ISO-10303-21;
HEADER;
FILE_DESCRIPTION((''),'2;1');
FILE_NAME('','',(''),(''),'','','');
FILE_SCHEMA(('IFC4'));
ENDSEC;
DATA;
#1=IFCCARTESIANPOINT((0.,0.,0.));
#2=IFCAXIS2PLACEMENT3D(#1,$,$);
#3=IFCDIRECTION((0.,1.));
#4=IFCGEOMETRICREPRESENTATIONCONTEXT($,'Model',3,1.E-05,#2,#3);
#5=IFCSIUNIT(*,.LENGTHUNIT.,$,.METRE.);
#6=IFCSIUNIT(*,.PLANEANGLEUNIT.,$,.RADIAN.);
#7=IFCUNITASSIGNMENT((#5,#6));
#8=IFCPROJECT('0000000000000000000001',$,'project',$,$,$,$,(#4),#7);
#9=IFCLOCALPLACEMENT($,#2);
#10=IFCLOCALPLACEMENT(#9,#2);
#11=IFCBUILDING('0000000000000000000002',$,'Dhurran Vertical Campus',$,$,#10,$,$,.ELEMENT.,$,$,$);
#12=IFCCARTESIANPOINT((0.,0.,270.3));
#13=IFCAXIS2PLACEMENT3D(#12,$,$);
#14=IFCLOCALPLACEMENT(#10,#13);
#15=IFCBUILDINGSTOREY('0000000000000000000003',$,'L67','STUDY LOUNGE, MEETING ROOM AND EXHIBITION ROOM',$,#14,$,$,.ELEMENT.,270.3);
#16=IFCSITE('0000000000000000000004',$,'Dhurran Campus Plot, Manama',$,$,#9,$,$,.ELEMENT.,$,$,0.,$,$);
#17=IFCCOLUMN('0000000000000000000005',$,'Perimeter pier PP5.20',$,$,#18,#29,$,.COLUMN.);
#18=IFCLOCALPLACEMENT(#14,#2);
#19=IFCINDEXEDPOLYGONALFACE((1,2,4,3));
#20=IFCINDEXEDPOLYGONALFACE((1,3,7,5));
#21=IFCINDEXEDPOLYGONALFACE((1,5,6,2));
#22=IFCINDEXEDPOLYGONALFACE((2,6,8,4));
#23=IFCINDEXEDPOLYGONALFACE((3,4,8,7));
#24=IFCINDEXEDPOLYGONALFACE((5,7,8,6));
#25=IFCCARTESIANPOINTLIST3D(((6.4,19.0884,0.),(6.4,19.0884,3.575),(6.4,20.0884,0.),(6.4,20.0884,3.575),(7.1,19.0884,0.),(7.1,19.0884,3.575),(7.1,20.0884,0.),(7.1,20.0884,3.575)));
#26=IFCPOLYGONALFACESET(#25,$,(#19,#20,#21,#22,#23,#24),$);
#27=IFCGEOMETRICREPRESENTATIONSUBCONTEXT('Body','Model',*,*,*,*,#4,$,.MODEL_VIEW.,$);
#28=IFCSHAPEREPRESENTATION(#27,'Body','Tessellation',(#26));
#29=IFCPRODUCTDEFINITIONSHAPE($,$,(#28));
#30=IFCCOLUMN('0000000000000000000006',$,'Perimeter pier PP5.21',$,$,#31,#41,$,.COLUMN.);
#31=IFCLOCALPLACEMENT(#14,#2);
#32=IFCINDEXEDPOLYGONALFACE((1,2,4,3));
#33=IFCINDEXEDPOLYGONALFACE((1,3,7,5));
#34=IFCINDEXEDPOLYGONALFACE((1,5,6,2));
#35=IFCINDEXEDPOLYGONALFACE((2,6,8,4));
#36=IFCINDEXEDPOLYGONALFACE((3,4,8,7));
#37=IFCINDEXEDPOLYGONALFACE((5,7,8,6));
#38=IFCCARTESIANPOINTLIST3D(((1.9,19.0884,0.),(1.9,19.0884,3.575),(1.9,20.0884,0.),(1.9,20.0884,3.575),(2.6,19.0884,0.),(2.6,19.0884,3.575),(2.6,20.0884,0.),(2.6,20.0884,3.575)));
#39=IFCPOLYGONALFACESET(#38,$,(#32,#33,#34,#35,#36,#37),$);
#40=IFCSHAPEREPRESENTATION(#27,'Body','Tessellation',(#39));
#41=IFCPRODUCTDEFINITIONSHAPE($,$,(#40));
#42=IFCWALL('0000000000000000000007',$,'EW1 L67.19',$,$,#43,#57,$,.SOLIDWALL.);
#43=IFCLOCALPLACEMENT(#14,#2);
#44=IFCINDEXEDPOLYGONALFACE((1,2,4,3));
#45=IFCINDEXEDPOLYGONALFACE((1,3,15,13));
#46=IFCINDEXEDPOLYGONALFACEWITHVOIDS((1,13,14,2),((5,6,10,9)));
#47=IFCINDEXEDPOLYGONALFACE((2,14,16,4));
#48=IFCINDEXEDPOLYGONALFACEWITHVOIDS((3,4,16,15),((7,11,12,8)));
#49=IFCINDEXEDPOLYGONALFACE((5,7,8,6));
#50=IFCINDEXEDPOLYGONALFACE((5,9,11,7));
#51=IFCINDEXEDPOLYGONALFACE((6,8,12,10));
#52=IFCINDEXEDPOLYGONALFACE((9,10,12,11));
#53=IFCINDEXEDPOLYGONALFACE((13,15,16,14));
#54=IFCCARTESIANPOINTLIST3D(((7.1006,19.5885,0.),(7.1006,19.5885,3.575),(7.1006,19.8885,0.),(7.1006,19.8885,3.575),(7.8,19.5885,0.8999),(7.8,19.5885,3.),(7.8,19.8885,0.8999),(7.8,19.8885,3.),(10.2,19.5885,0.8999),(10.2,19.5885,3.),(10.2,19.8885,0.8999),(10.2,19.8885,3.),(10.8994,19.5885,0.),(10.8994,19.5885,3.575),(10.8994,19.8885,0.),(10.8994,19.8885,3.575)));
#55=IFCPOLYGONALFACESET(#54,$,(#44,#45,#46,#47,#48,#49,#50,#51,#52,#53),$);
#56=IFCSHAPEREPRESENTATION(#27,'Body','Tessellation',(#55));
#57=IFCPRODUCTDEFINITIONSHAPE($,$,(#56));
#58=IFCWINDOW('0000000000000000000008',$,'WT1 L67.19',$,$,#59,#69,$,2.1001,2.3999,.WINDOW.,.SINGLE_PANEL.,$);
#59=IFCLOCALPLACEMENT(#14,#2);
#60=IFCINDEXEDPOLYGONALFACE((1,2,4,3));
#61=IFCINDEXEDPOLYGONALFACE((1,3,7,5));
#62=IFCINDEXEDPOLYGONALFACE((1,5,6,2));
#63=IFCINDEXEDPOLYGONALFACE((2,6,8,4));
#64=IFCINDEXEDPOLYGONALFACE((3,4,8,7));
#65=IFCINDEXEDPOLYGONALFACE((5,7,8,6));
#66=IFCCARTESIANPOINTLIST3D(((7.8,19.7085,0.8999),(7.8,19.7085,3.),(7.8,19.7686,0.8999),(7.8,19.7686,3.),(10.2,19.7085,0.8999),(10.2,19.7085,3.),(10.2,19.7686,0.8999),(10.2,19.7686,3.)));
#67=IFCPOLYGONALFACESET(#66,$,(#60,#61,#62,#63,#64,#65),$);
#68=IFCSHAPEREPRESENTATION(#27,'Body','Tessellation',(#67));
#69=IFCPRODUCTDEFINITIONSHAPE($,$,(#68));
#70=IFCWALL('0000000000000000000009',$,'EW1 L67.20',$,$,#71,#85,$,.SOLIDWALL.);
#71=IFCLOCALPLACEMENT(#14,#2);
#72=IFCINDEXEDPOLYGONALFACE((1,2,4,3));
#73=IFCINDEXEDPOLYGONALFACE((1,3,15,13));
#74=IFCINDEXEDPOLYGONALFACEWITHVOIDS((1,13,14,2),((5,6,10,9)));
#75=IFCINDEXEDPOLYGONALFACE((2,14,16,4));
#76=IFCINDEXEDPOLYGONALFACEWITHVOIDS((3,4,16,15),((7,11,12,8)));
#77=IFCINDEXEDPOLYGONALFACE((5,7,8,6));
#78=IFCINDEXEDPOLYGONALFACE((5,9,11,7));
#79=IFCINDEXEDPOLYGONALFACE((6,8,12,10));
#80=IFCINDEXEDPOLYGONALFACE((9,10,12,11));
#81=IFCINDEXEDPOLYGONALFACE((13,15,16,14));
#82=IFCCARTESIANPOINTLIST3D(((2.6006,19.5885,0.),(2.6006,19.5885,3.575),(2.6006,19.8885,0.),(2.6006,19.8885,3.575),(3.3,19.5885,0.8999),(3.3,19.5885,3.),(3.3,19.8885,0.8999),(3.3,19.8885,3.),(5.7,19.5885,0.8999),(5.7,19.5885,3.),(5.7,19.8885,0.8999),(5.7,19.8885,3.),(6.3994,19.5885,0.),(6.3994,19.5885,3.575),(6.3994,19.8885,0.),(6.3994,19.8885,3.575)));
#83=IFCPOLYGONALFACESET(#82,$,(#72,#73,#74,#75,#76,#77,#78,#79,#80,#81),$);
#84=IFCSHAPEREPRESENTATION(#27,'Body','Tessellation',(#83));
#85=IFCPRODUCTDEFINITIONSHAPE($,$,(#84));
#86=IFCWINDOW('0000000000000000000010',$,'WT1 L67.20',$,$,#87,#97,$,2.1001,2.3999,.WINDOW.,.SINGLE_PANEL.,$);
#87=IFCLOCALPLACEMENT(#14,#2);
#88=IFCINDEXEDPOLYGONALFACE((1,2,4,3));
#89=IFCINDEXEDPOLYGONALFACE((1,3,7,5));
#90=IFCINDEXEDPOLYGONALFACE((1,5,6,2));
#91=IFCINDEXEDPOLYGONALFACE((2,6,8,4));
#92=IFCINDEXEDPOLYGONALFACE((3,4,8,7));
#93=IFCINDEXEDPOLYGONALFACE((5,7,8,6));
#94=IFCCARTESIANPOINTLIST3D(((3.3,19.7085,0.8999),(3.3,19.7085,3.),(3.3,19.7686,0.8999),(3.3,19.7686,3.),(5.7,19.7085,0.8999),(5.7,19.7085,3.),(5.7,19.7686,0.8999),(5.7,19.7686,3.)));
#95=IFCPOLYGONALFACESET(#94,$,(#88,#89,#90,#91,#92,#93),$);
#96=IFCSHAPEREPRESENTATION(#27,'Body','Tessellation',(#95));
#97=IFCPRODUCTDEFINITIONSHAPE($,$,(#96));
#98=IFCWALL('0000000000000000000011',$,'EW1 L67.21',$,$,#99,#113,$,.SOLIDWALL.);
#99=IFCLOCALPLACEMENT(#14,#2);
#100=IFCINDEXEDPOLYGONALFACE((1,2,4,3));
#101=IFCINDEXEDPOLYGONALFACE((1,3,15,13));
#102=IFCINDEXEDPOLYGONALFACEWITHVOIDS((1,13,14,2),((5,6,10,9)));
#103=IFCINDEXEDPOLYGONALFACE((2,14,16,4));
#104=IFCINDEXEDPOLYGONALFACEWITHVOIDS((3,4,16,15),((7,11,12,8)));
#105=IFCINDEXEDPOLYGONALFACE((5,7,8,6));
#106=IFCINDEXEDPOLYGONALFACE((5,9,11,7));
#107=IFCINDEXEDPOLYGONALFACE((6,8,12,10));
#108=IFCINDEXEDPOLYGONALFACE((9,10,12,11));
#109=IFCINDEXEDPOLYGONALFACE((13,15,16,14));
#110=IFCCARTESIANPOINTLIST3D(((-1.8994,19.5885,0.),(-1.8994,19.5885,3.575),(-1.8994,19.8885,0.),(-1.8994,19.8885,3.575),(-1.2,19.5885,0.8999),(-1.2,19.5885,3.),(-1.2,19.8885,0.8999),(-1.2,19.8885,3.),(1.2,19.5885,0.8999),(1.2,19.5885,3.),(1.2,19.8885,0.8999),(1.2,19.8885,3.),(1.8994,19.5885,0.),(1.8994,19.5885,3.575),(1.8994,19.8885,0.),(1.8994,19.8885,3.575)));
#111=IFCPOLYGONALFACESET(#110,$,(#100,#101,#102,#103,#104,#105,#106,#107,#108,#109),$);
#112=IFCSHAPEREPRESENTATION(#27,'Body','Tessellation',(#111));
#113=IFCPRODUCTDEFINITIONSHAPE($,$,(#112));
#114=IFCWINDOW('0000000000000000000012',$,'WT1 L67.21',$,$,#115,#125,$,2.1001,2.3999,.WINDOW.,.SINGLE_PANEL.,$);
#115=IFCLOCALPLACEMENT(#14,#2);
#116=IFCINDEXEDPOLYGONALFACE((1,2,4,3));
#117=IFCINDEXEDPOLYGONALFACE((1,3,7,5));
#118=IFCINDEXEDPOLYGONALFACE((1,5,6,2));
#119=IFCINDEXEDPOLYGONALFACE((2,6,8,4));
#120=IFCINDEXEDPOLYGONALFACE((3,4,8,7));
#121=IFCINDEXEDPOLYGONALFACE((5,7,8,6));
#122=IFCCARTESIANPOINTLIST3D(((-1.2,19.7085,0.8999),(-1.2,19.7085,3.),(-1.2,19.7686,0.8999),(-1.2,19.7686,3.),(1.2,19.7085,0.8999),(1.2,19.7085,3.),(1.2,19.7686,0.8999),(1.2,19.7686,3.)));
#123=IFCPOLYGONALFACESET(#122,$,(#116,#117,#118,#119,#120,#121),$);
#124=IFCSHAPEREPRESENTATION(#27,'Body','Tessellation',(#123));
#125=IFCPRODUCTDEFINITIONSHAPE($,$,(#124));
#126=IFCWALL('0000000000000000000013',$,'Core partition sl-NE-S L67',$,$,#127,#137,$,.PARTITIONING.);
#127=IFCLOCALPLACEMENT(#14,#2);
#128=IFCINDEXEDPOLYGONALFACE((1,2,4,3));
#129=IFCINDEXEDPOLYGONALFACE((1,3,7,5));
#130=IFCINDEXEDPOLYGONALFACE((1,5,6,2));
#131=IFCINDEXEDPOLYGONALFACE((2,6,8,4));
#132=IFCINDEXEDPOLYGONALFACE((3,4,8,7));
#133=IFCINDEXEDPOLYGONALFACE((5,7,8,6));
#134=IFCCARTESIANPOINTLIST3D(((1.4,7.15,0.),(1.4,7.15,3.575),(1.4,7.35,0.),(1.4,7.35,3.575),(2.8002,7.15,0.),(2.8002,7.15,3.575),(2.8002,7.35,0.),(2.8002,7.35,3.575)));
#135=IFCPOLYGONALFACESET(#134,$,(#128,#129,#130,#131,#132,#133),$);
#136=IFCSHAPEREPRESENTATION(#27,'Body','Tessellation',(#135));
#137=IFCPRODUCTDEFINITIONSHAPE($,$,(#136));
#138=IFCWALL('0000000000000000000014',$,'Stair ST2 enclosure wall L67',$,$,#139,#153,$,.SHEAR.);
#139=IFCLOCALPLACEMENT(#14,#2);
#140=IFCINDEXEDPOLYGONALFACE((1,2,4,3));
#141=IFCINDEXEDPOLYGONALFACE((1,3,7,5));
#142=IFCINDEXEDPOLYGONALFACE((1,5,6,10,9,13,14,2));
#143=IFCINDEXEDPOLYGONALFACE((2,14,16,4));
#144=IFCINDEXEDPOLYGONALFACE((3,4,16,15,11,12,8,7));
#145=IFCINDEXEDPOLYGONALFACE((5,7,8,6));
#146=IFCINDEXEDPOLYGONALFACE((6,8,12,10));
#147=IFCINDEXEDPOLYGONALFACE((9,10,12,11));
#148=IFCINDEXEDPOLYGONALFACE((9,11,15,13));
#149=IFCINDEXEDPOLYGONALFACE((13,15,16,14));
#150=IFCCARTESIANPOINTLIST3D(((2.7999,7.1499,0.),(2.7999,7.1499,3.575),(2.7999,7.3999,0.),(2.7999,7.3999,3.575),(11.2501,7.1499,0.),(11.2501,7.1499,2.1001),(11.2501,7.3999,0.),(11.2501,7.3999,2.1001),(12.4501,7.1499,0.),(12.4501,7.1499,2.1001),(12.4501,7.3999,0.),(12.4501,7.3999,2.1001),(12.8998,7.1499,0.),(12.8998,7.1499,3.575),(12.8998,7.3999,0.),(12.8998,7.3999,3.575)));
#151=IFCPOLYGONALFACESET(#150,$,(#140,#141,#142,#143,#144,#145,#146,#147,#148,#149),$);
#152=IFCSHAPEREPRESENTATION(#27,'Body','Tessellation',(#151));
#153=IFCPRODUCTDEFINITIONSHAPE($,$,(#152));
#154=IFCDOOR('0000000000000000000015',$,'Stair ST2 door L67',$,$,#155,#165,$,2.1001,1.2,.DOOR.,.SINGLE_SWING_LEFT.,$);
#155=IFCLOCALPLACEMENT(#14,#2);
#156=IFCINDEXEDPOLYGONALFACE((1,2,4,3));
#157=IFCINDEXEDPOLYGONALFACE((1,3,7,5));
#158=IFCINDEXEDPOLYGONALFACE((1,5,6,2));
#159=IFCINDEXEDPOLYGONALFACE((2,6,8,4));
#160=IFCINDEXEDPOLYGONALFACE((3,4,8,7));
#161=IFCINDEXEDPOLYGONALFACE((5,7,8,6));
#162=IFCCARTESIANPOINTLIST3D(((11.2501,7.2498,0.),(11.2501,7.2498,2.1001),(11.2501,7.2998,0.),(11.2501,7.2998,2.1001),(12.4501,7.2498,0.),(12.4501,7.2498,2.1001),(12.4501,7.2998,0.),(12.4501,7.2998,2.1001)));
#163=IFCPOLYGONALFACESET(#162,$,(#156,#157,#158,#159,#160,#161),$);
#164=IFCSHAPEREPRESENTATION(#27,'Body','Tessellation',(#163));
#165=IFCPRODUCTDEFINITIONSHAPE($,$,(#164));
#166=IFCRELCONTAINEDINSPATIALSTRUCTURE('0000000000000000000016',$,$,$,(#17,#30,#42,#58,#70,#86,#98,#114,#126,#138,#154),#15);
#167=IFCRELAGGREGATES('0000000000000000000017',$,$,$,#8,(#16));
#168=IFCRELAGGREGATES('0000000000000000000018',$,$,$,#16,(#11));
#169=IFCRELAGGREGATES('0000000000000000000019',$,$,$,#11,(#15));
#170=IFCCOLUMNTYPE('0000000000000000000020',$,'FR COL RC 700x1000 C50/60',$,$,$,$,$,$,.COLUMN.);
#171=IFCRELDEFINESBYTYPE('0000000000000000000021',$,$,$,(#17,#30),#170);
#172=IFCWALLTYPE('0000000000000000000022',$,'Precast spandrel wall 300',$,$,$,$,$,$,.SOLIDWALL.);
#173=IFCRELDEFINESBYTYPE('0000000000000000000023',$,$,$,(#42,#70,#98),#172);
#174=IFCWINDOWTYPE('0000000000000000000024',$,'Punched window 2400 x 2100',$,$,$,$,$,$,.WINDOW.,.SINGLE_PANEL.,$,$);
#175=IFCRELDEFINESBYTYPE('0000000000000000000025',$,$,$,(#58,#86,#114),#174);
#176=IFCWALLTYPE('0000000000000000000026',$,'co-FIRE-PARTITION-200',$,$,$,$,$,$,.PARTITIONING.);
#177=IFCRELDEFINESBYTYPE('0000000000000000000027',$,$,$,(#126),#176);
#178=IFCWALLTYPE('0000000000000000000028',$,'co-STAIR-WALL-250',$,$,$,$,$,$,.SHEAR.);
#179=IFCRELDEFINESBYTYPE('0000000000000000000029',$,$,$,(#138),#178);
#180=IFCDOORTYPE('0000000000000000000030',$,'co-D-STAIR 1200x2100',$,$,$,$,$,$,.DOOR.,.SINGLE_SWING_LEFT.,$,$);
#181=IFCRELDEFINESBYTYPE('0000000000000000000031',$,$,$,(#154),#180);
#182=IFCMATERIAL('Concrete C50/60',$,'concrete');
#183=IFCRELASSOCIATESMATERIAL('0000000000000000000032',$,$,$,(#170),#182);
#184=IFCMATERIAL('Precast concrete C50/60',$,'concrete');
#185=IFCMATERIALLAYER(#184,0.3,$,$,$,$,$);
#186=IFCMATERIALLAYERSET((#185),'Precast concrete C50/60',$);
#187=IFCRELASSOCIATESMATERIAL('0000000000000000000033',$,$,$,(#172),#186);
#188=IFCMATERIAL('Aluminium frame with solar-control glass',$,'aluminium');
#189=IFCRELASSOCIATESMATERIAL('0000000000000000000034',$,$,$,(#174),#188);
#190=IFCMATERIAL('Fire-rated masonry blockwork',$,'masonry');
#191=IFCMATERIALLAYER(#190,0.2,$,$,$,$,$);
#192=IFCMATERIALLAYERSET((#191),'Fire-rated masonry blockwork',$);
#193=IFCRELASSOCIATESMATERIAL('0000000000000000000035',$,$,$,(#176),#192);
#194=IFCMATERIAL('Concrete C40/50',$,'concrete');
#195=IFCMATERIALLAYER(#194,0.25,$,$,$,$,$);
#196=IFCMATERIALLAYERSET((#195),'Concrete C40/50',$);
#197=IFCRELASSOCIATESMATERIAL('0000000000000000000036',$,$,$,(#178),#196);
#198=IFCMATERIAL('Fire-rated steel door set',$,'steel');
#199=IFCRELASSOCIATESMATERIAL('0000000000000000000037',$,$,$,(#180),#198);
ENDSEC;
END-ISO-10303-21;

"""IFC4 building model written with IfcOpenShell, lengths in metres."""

from ifc_helpers import new_model, si_unit, direction, frame, frame_2d, origin, origin_2d, place, context, subcontext, project, spatial, rectangle, extrude, material, layer, layer_set, material_profile, profile_set, type_object, element, fill, save


model = new_model("IFC4")

# Units and contexts
model_context = context("Model", 3, precision=1e-05, world=origin(), true_north=direction((0.0, 1.0)))
body_context = subcontext(model_context, "Body", "Model", "MODEL_VIEW")
ifc_project = project(units=[si_unit("LENGTHUNIT", "METRE"), si_unit("PLANEANGLEUNIT", "RADIAN")], contexts=[model_context])

# Site, building, storey
site_placement = place(None, origin())
site = spatial("IfcSite", under=ifc_project, at=site_placement, Name="Dhurran Campus Plot, Manama", CompositionType="ELEMENT", RefElevation=0.0)
building_placement = place(site_placement, origin())
building = spatial("IfcBuilding", under=site, at=building_placement, Name="Dhurran Vertical Campus", CompositionType="ELEMENT")
storey_placement = place(building_placement, frame((0.0, 0.0, 270.3)))
storey = spatial("IfcBuildingStorey", under=building, at=storey_placement, Name="L67", Description="STUDY LOUNGE, MEETING ROOM AND EXHIBITION ROOM", CompositionType="ELEMENT", Elevation=270.3)

# Columns
ifc_material_1 = material(Name="Concrete C50/60", Category="concrete")
ifc_material_profile = material_profile(ifc_material_1, rectangle(XDim=0.7, YDim=1.0, at=origin_2d()), Name="RC 700x1000")
ifc_profile_set = profile_set([ifc_material_profile], Name="Concrete C50/60")
column_type = type_object("IfcColumnType", Name="FR COL RC 700x1000 C50/60", PredefinedType="COLUMN", material=ifc_profile_set)
for number, where, z_axis, x_axis, name in (
    (1, (6.75, 19.5884, 0.0), (0.0, 0.0, 1.0), (-1.0, 0.0, 0.0), "Perimeter pier PP5.20"),
    (2, (2.25, 19.5884, 0.0), (0.0, 0.0, 1.0), (-1.0, 0.0, 0.0), "Perimeter pier PP5.21"),
):
    element("IfcColumn", number, at=place(storey_placement, frame(where, z_axis=z_axis, x_axis=x_axis)), inside=storey, type_object=column_type, Name=name, PredefinedType="COLUMN", context=body_context, shape_type="SweptSolid", body=[
        extrude(rectangle(XDim=0.7, YDim=1.0, at=origin_2d()), origin(), (0.0, 0.0, 1.0), 3.575),
    ])

# Walls, openings, windows
ifc_material_2 = material(Name="Precast concrete C50/60", Category="concrete")
ifc_layer_1 = layer(ifc_material_2, 0.3)
ifc_layer_set_1 = layer_set([ifc_layer_1], Name="Precast concrete C50/60")
wall_type_1 = type_object("IfcWallType", Name="Precast spandrel wall 300", PredefinedType="SOLIDWALL", material=ifc_layer_set_1)
wall_1_placement = place(storey_placement, frame((10.8994, 19.7385, 0.0), z_axis=(0.0, 0.0, 1.0), x_axis=(-1.0, 0.0, 0.0)))
wall_1 = element("IfcWall", 3, at=wall_1_placement, inside=storey, type_object=wall_type_1, Name="EW1 L67.19", PredefinedType="SOLIDWALL", context=body_context, shape_type="SweptSolid", body=[
    extrude(rectangle(XDim=3.7988, YDim=0.3, at=frame_2d((1.8994, 0.0))), origin(), (0.0, 0.0, 1.0), 3.575),
])
opening_1_placement = place(wall_1_placement, frame((0.6995, 0.0, 0.8999)))
opening_1 = element("IfcOpeningElement", 4, at=opening_1_placement, cuts=wall_1, PredefinedType="OPENING", context=body_context, shape_type="SweptSolid", body=[
    extrude(rectangle(XDim=2.3999, YDim=2.1001, at=frame_2d((1.2, 1.05))), frame((0.0, 0.1599, 0.0), z_axis=(0.0, -1.0, 0.0), x_axis=(1.0, 0.0, 0.0)), (0.0, 0.0, 1.0), 0.3201),
])
ifc_material_3 = material(Name="Aluminium frame with solar-control glass", Category="aluminium")
window_type = type_object("IfcWindowType", Name="Punched window 2400 x 2100", PartitioningType="SINGLE_PANEL", PredefinedType="WINDOW", material=ifc_material_3)
window_1_placement = place(opening_1_placement, origin())
window_1 = element("IfcWindow", 5, at=window_1_placement, inside=storey, type_object=window_type, Name="WT1 L67.19", OverallHeight=2.1001, OverallWidth=2.3999, PartitioningType="SINGLE_PANEL", PredefinedType="WINDOW", context=body_context, shape_type="SweptSolid", body=[
    extrude(rectangle(XDim=2.3999, YDim=2.1001, at=frame_2d((1.2, 1.05))), frame((0.0, 0.03, 0.0), z_axis=(0.0, -1.0, 0.0), x_axis=(1.0, 0.0, 0.0)), (0.0, 0.0, 1.0), 0.0601),
])
fill(opening_1, window_1)
wall_2_placement = place(storey_placement, frame((6.3994, 19.7385, 0.0), z_axis=(0.0, 0.0, 1.0), x_axis=(-1.0, 0.0, 0.0)))
wall_2 = element("IfcWall", 6, at=wall_2_placement, inside=storey, type_object=wall_type_1, Name="EW1 L67.20", PredefinedType="SOLIDWALL", context=body_context, shape_type="SweptSolid", body=[
    extrude(rectangle(XDim=3.7988, YDim=0.3, at=frame_2d((1.8994, 0.0))), origin(), (0.0, 0.0, 1.0), 3.575),
])
opening_2_placement = place(wall_2_placement, frame((0.6995, 0.0, 0.8999)))
opening_2 = element("IfcOpeningElement", 7, at=opening_2_placement, cuts=wall_2, PredefinedType="OPENING", context=body_context, shape_type="SweptSolid", body=[
    extrude(rectangle(XDim=2.3999, YDim=2.1001, at=frame_2d((1.2, 1.05))), frame((0.0, 0.1599, 0.0), z_axis=(0.0, -1.0, 0.0), x_axis=(1.0, 0.0, 0.0)), (0.0, 0.0, 1.0), 0.3201),
])
window_2_placement = place(opening_2_placement, origin())
window_2 = element("IfcWindow", 8, at=window_2_placement, inside=storey, type_object=window_type, Name="WT1 L67.20", OverallHeight=2.1001, OverallWidth=2.3999, PartitioningType="SINGLE_PANEL", PredefinedType="WINDOW", context=body_context, shape_type="SweptSolid", body=[
    extrude(rectangle(XDim=2.3999, YDim=2.1001, at=frame_2d((1.2, 1.05))), frame((0.0, 0.03, 0.0), z_axis=(0.0, -1.0, 0.0), x_axis=(1.0, 0.0, 0.0)), (0.0, 0.0, 1.0), 0.0601),
])
fill(opening_2, window_2)
wall_3_placement = place(storey_placement, frame((1.8994, 19.7385, 0.0), z_axis=(0.0, 0.0, 1.0), x_axis=(-1.0, 0.0, 0.0)))
wall_3 = element("IfcWall", 9, at=wall_3_placement, inside=storey, type_object=wall_type_1, Name="EW1 L67.21", PredefinedType="SOLIDWALL", context=body_context, shape_type="SweptSolid", body=[
    extrude(rectangle(XDim=3.7988, YDim=0.3, at=frame_2d((1.8994, 0.0))), origin(), (0.0, 0.0, 1.0), 3.575),
])
opening_3_placement = place(wall_3_placement, frame((0.6995, 0.0, 0.8999)))
opening_3 = element("IfcOpeningElement", 10, at=opening_3_placement, cuts=wall_3, PredefinedType="OPENING", context=body_context, shape_type="SweptSolid", body=[
    extrude(rectangle(XDim=2.3999, YDim=2.1001, at=frame_2d((1.2, 1.05))), frame((0.0, 0.1599, 0.0), z_axis=(0.0, -1.0, 0.0), x_axis=(1.0, 0.0, 0.0)), (0.0, 0.0, 1.0), 0.3201),
])
window_3_placement = place(opening_3_placement, origin())
window_3 = element("IfcWindow", 11, at=window_3_placement, inside=storey, type_object=window_type, Name="WT1 L67.21", OverallHeight=2.1001, OverallWidth=2.3999, PartitioningType="SINGLE_PANEL", PredefinedType="WINDOW", context=body_context, shape_type="SweptSolid", body=[
    extrude(rectangle(XDim=2.3999, YDim=2.1001, at=frame_2d((1.2, 1.05))), frame((0.0, 0.03, 0.0), z_axis=(0.0, -1.0, 0.0), x_axis=(1.0, 0.0, 0.0)), (0.0, 0.0, 1.0), 0.0601),
])
fill(opening_3, window_3)

# Wall
ifc_material_4 = material(Name="Fire-rated masonry blockwork", Category="masonry")
ifc_layer_2 = layer(ifc_material_4, 0.2)
ifc_layer_set_2 = layer_set([ifc_layer_2], Name="Fire-rated masonry blockwork")
wall_type_2 = type_object("IfcWallType", Name="co-FIRE-PARTITION-200", PredefinedType="PARTITIONING", material=ifc_layer_set_2)
wall_4_placement = place(storey_placement, frame((1.3999, 7.25, 0.0), z_axis=(0.0, 0.0, 1.0), x_axis=(1.0, 0.0, 0.0)))
element("IfcWall", 12, at=wall_4_placement, inside=storey, type_object=wall_type_2, Name="Core partition sl-NE-S L67", PredefinedType="PARTITIONING", context=body_context, shape_type="SweptSolid", body=[
    extrude(rectangle(XDim=1.4001, YDim=0.2, at=frame_2d((0.7002, 0.0))), origin(), (0.0, 0.0, 1.0), 3.575),
])

# Wall, opening, door
ifc_material_5 = material(Name="Concrete C40/50", Category="concrete")
ifc_layer_3 = layer(ifc_material_5, 0.25)
ifc_layer_set_3 = layer_set([ifc_layer_3], Name="Concrete C40/50")
wall_type_3 = type_object("IfcWallType", Name="co-STAIR-WALL-250", PredefinedType="SHEAR", material=ifc_layer_set_3)
wall_5_placement = place(storey_placement, frame((2.8, 7.2749, 0.0), z_axis=(0.0, 0.0, 1.0), x_axis=(1.0, 0.0, 0.0)))
wall_5 = element("IfcWall", 13, at=wall_5_placement, inside=storey, type_object=wall_type_3, Name="Stair ST2 enclosure wall L67", PredefinedType="SHEAR", context=body_context, shape_type="SweptSolid", body=[
    extrude(rectangle(XDim=10.0999, YDim=0.25, at=frame_2d((5.0498, 0.0))), origin(), (0.0, 0.0, 1.0), 3.575),
])
opening_4_placement = place(wall_5_placement, frame((8.45, 0.0, 0.0)))
opening_4 = element("IfcOpeningElement", 14, at=opening_4_placement, cuts=wall_5, PredefinedType="OPENING", context=body_context, shape_type="SweptSolid", body=[
    extrude(rectangle(XDim=1.2, YDim=2.1001, at=frame_2d((0.6001, 1.05))), frame((0.0, 0.135, 0.0), z_axis=(0.0, -1.0, 0.0), x_axis=(1.0, 0.0, 0.0)), (0.0, 0.0, 1.0), 0.27),
])
ifc_material_6 = material(Name="Fire-rated steel door set", Category="steel")
door_type_1 = type_object("IfcDoorType", Name="co-D-STAIR 1200x2100", OperationType="SINGLE_SWING_LEFT", PredefinedType="DOOR", material=ifc_material_6)
door_1_placement = place(opening_4_placement, origin())
door_1 = element("IfcDoor", 15, at=door_1_placement, inside=storey, type_object=door_type_1, Name="Stair ST2 door L67", OperationType="SINGLE_SWING_LEFT", OverallHeight=2.1001, OverallWidth=1.2, PredefinedType="DOOR", context=body_context, shape_type="SweptSolid", body=[
    extrude(rectangle(XDim=1.2, YDim=2.1001, at=frame_2d((0.6001, 1.05))), frame((0.0, 0.0249, 0.0), z_axis=(0.0, -1.0, 0.0), x_axis=(1.0, 0.0, 0.0)), (0.0, 0.0, 1.0), 0.05),
])
fill(opening_4, door_1)

save(model, "model.ifc")
